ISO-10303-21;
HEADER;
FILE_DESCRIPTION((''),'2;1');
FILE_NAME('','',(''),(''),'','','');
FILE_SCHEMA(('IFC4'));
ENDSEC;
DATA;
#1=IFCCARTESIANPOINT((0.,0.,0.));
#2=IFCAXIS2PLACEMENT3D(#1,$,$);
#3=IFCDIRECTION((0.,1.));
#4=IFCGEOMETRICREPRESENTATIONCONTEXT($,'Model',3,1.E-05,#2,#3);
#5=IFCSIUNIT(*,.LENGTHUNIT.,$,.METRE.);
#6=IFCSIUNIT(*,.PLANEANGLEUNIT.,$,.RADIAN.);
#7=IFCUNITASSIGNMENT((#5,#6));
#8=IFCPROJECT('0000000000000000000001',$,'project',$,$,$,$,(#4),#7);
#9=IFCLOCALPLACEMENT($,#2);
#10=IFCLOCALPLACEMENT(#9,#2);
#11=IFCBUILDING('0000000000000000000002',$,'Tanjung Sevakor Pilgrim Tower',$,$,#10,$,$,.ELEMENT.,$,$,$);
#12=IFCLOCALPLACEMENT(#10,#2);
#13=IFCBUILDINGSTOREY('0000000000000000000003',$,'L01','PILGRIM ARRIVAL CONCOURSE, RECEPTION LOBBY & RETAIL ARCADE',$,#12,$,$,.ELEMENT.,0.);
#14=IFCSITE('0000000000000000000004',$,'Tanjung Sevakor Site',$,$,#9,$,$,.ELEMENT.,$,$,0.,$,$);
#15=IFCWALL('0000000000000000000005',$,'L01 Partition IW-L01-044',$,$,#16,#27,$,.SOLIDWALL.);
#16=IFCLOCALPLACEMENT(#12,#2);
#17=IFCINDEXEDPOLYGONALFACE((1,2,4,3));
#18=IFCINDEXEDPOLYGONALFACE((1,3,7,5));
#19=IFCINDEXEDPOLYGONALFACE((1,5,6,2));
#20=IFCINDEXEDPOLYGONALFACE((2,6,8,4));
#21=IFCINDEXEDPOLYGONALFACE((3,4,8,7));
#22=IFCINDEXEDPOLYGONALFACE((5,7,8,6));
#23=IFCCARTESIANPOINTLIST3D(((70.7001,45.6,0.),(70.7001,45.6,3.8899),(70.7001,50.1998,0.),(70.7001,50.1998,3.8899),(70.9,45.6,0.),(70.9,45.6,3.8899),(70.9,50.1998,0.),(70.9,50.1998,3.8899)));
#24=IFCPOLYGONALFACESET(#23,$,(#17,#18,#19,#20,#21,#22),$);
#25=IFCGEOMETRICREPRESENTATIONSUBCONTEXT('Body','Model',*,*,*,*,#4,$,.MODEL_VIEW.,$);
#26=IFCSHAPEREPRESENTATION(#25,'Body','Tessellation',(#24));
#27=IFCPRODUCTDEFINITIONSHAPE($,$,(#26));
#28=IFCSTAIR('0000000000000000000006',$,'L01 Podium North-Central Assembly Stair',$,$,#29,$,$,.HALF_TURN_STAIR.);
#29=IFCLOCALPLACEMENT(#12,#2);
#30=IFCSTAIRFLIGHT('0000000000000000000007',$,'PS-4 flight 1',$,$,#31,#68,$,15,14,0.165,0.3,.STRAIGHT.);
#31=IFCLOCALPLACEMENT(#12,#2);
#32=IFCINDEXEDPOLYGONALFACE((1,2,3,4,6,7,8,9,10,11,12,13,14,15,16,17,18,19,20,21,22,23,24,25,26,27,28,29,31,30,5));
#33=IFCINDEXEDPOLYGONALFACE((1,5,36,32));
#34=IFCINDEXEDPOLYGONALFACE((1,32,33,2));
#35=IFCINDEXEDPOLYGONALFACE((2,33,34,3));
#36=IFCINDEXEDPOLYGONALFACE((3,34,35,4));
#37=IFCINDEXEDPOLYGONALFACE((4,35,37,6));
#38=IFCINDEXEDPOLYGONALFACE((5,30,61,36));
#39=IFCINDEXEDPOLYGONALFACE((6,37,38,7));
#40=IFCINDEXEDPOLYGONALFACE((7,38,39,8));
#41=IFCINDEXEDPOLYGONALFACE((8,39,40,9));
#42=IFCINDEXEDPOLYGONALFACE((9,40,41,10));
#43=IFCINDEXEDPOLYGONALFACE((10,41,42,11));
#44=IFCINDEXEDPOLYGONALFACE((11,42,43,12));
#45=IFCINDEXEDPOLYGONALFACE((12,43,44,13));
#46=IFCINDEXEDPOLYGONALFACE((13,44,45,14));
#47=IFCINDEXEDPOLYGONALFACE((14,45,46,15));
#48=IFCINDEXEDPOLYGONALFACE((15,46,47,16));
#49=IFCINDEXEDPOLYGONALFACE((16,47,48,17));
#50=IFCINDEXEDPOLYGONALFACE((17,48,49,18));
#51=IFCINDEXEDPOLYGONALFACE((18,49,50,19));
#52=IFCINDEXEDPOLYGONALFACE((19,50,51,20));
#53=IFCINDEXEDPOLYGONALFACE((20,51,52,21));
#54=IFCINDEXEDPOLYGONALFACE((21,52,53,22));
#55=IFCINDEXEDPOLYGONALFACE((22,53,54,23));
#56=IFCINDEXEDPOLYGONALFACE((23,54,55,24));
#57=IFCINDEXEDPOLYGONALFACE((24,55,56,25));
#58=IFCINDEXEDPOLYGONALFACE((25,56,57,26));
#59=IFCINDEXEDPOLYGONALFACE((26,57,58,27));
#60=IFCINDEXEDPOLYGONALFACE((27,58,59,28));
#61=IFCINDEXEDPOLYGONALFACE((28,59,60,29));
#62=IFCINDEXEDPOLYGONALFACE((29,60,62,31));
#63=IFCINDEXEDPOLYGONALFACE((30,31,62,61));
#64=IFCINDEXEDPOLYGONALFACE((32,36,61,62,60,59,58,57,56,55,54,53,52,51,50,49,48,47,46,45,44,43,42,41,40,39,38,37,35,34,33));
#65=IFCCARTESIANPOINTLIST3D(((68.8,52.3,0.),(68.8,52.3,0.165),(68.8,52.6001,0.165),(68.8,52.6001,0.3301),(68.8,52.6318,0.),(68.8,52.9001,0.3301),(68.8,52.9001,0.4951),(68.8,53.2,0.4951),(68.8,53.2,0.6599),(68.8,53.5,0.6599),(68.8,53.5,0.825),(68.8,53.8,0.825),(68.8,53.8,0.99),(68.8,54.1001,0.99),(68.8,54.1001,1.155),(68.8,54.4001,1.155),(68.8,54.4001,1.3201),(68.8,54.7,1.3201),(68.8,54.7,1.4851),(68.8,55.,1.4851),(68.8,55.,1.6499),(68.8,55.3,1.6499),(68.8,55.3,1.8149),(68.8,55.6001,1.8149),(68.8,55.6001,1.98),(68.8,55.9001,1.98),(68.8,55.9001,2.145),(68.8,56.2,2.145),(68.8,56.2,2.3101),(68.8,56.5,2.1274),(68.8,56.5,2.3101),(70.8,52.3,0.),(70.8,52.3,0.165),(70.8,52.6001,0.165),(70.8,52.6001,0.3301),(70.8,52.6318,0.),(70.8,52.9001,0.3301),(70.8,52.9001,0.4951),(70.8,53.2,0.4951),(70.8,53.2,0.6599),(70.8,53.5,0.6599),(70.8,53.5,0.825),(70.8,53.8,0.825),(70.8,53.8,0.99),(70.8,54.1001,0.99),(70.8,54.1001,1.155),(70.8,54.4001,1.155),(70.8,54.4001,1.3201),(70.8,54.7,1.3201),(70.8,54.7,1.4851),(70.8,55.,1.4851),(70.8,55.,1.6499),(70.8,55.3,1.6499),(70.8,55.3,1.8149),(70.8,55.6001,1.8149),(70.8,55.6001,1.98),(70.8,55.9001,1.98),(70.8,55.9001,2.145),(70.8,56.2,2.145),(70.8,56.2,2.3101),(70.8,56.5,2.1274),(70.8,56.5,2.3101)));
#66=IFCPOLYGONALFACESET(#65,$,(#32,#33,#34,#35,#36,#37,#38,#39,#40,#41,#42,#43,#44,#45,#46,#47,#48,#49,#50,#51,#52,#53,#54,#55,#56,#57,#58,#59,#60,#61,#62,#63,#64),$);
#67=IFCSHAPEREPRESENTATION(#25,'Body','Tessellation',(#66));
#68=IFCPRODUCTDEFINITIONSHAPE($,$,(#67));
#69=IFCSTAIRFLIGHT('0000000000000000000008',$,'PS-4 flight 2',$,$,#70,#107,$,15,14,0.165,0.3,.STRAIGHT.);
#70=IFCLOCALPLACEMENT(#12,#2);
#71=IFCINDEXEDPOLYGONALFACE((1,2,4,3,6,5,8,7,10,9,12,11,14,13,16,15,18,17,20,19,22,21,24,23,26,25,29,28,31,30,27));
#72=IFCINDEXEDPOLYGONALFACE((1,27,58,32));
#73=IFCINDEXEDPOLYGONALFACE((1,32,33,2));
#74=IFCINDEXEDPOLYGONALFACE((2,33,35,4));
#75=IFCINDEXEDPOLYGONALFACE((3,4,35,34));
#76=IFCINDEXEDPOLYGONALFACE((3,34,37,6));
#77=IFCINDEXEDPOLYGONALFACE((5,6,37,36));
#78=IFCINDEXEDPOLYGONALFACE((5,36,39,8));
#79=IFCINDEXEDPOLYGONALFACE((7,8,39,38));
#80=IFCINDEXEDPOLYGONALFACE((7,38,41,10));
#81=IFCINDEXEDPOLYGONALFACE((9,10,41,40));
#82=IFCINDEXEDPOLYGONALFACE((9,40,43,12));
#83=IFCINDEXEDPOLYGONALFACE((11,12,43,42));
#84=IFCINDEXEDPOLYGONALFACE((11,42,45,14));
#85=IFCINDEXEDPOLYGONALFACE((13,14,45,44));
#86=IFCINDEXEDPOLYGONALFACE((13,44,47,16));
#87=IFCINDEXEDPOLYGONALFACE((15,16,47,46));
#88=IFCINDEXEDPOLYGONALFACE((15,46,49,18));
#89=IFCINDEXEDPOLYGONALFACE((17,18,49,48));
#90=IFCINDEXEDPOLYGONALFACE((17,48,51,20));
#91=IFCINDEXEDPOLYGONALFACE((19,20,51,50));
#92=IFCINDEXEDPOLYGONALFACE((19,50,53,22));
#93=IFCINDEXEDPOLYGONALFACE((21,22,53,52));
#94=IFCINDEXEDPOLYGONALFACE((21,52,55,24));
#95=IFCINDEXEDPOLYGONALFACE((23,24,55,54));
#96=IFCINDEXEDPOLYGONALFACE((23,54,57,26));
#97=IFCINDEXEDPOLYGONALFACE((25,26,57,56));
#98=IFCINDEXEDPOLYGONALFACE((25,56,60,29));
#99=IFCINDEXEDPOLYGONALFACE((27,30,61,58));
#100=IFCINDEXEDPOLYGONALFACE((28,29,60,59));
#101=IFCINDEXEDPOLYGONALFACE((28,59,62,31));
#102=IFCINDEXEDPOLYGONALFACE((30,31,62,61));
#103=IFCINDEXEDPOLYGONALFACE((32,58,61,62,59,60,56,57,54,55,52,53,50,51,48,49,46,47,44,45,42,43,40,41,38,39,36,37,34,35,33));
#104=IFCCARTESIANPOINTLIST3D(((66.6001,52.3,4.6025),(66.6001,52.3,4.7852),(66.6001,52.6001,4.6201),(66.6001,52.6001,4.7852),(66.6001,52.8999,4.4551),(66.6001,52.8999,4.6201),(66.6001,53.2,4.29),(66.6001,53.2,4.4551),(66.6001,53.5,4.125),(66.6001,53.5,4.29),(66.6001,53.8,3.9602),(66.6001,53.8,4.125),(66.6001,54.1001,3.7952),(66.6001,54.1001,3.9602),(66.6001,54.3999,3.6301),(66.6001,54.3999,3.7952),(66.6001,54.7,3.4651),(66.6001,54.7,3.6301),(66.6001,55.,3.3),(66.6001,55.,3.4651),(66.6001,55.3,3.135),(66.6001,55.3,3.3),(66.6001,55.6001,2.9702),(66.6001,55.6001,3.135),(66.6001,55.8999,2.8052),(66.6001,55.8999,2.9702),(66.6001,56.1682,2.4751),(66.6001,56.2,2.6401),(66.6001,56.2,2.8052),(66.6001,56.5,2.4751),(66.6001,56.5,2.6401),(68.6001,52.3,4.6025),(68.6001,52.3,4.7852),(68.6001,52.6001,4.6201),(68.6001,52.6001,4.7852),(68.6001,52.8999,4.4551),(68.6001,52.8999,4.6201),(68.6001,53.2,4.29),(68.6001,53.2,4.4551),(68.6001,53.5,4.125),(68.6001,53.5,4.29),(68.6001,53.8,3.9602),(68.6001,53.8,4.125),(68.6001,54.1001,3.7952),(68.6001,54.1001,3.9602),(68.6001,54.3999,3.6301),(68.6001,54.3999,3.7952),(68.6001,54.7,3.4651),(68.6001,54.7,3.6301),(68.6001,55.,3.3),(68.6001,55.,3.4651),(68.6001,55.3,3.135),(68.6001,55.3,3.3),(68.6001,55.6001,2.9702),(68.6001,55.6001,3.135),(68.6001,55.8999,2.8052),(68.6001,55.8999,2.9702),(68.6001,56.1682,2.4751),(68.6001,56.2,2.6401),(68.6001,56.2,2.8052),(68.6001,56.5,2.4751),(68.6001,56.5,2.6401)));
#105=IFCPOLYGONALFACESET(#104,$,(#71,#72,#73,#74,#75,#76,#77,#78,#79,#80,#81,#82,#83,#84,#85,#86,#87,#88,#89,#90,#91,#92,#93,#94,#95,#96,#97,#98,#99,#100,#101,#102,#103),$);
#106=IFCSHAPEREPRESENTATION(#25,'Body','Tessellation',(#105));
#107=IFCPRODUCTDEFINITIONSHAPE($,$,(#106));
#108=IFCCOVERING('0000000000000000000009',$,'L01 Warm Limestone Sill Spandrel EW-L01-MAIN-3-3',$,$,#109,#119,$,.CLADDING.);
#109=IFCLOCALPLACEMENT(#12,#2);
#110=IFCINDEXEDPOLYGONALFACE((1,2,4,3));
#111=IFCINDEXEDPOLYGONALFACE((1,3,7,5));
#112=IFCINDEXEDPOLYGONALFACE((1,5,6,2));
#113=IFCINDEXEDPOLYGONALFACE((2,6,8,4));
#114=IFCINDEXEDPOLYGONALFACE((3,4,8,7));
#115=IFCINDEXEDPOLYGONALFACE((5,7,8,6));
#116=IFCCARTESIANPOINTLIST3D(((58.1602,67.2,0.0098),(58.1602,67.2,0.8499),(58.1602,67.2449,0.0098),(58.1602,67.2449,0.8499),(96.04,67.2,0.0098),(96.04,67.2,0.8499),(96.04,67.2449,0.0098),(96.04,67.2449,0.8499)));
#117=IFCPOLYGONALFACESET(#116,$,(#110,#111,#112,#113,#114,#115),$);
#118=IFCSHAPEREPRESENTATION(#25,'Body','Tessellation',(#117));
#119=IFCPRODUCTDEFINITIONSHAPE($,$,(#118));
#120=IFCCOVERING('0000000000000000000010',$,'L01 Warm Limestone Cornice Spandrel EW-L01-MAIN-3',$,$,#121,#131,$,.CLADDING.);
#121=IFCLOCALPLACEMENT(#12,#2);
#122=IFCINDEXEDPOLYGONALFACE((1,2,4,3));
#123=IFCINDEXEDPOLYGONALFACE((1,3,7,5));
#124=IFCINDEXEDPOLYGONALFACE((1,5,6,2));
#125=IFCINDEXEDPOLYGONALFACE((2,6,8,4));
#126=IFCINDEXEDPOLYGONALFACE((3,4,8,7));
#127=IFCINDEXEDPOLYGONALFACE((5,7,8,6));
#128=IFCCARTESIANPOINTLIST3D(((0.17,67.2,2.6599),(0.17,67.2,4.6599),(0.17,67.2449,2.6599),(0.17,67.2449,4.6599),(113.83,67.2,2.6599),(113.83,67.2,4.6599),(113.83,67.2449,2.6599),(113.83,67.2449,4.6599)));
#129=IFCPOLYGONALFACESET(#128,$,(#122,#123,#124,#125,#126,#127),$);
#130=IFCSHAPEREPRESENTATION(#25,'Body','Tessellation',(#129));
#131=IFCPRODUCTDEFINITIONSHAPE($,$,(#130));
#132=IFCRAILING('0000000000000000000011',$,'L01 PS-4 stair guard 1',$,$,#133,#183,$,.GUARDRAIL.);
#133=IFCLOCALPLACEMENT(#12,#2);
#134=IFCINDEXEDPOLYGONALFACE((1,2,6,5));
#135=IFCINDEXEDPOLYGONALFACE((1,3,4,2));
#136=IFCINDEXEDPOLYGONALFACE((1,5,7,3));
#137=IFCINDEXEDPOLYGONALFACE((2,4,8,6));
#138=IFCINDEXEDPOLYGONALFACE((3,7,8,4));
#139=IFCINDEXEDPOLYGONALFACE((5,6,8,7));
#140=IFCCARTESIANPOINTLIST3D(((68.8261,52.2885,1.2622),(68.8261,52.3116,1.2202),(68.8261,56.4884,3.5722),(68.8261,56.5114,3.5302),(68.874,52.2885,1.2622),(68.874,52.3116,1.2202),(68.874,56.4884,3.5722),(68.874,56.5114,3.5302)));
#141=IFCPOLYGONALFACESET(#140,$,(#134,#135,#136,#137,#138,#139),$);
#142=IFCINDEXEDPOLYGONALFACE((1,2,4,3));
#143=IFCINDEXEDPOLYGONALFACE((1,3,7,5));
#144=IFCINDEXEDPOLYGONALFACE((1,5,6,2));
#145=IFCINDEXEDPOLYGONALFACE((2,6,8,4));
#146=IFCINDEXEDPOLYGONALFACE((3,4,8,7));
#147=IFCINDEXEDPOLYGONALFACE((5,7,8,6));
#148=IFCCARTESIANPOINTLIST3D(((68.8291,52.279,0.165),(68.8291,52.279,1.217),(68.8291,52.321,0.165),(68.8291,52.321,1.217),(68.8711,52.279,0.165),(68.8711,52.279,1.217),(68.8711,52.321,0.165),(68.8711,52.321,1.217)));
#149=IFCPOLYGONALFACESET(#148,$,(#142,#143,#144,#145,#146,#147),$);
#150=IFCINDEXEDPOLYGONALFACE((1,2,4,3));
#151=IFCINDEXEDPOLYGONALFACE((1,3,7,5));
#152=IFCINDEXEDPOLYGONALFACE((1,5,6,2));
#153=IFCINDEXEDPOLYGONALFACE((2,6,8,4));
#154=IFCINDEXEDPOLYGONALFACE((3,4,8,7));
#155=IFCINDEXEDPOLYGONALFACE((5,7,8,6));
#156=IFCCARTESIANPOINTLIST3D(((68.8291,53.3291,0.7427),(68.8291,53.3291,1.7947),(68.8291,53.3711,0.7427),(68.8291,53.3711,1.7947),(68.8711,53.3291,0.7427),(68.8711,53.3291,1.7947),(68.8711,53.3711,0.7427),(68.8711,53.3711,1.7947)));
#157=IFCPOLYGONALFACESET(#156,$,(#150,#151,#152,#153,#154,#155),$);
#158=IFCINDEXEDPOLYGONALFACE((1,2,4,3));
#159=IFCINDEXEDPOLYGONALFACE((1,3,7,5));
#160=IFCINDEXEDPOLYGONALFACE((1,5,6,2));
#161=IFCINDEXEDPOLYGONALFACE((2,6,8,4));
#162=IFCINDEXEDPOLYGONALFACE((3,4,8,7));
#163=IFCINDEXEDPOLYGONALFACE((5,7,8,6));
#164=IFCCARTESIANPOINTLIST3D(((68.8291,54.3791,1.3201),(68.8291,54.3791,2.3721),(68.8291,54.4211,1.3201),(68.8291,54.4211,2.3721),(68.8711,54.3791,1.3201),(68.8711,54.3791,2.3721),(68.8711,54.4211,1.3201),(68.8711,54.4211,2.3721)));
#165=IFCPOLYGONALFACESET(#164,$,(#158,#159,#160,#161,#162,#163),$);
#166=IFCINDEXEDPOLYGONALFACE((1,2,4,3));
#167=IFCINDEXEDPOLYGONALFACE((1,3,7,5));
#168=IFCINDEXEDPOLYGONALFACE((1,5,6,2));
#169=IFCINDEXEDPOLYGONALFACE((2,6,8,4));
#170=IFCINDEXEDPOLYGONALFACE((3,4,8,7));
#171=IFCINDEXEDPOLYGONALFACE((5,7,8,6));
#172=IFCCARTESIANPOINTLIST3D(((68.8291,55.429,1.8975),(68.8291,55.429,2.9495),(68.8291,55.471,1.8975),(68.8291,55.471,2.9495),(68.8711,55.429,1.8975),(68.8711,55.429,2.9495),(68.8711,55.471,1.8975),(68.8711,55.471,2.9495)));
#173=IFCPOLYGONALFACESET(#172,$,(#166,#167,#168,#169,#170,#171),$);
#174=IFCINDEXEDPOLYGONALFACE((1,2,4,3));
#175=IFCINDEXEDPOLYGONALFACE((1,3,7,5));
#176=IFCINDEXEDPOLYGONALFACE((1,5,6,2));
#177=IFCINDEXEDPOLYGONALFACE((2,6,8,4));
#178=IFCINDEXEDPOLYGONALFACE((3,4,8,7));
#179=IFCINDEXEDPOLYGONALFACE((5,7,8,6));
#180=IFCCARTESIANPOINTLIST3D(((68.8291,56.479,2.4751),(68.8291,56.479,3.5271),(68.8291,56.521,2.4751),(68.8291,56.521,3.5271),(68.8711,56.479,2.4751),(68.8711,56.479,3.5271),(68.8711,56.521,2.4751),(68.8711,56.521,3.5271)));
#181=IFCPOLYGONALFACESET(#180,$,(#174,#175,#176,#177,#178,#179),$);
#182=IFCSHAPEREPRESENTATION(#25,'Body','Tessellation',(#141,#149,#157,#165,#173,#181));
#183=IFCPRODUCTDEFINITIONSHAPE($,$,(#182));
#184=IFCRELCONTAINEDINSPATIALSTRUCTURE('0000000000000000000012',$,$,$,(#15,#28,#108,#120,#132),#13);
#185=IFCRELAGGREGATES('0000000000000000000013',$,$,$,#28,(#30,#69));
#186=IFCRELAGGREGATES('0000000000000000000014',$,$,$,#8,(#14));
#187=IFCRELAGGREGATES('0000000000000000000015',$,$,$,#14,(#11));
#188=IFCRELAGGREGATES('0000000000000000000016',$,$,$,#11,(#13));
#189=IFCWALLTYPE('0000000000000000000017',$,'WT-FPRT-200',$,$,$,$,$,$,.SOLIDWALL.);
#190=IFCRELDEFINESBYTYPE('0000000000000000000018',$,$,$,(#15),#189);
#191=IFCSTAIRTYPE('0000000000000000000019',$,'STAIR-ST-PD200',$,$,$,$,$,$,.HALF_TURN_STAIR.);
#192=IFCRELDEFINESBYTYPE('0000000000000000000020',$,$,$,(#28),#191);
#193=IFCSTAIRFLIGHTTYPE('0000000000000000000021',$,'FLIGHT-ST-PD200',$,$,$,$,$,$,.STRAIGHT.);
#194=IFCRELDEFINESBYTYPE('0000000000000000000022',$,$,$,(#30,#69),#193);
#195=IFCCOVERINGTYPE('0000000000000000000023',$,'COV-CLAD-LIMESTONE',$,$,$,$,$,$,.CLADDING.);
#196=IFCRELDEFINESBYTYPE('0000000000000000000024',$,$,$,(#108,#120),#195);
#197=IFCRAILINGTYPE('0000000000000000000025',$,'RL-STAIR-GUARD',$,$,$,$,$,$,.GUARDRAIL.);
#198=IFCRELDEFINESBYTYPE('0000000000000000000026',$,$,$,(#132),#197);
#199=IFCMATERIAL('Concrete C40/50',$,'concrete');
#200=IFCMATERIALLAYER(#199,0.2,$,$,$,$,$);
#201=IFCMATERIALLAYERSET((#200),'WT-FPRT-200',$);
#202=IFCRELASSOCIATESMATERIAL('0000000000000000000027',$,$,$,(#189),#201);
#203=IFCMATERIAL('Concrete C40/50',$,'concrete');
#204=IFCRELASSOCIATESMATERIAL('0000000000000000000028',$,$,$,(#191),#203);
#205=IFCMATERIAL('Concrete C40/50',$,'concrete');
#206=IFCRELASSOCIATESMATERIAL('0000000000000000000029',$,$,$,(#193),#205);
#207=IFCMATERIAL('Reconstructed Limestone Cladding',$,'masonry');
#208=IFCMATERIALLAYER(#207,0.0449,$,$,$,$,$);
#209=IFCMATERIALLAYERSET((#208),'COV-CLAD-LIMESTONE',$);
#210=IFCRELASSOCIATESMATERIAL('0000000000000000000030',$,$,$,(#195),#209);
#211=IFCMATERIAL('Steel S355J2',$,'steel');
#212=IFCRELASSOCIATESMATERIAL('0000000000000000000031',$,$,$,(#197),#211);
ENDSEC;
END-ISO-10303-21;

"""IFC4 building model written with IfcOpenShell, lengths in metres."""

from ifc_helpers import new_model, si_unit, direction, frame, frame_2d, origin, origin_2d, place, context, subcontext, project, spatial, polyline, rectangle, outline, extrude, material, layer, layer_set, type_object, element, aggregate, save


model = new_model("IFC4")

# Units and contexts
model_context = context("Model", 3, precision=1e-05, world=origin(), true_north=direction((0.0, 1.0)))
body_context = subcontext(model_context, "Body", "Model", "MODEL_VIEW")
ifc_project = project(units=[si_unit("LENGTHUNIT", "METRE"), si_unit("PLANEANGLEUNIT", "RADIAN")], contexts=[model_context])

# Site, building, storey
site_placement = place(None, origin())
site = spatial("IfcSite", under=ifc_project, at=site_placement, Name="Tanjung Sevakor Site", CompositionType="ELEMENT", RefElevation=0.0)
building_placement = place(site_placement, origin())
building = spatial("IfcBuilding", under=site, at=building_placement, Name="Tanjung Sevakor Pilgrim Tower", CompositionType="ELEMENT")
storey_placement = place(building_placement, origin())
storey = spatial("IfcBuildingStorey", under=building, at=storey_placement, Name="L01", Description="PILGRIM ARRIVAL CONCOURSE, RECEPTION LOBBY & RETAIL ARCADE", CompositionType="ELEMENT", Elevation=0.0)

# Wall
ifc_material_1 = material(Name="Concrete C40/50", Category="concrete")
ifc_layer_1 = layer(ifc_material_1, 0.2)
ifc_layer_set_1 = layer_set([ifc_layer_1], Name="WT-FPRT-200")
wall_type_1 = type_object("IfcWallType", Name="WT-FPRT-200", PredefinedType="SOLIDWALL", material=ifc_layer_set_1)
wall_1_placement = place(storey_placement, frame((70.8, 45.6001, 0.0), z_axis=(0.0, 0.0, 1.0), x_axis=(0.0, 1.0, 0.0)))
element("IfcWall", 1, at=wall_1_placement, inside=storey, type_object=wall_type_1, Name="L01 Partition IW-L01-044", PredefinedType="SOLIDWALL", context=body_context, shape_type="SweptSolid", body=[
    extrude(rectangle(XDim=4.5999, YDim=0.2, at=frame_2d((2.2998, 0.0))), origin(), (0.0, 0.0, 1.0), 3.8899),
])

# Stair, stair flights
ifc_material_2 = material(Name="Concrete C40/50", Category="concrete")
stair_type = type_object("IfcStairType", Name="STAIR-ST-PD200", PredefinedType="HALF_TURN_STAIR", material=ifc_material_2)
stair_placement = place(storey_placement, origin())
stair = element("IfcStair", 2, at=stair_placement, inside=storey, type_object=stair_type, Name="L01 Podium North-Central Assembly Stair", PredefinedType="HALF_TURN_STAIR")
ifc_material_3 = material(Name="Concrete C40/50", Category="concrete")
stair_flight_type = type_object("IfcStairFlightType", Name="FLIGHT-ST-PD200", PredefinedType="STRAIGHT", material=ifc_material_3)
stair_flight_1_placement = place(storey_placement, frame((69.8, 52.3, 0.0), z_axis=(0.0, 0.0, 1.0), x_axis=(0.0, 1.0, 0.0)))
stair_flight_1 = element("IfcStairFlight", 3, at=stair_flight_1_placement, type_object=stair_flight_type, Name="PS-4 flight 1", NumberOfRisers=15, NumberOfTreads=14, PredefinedType="STRAIGHT", RiserHeight=0.165, TreadLength=0.3, context=body_context, shape_type="SweptSolid", body=[
    extrude(outline(polyline([(0.0, 0.0), (0.0, 0.165), (0.3, 0.165), (0.3, 0.3301), (0.6001, 0.3301), (0.6001, 0.4951), (0.8999, 0.4951), (0.8999, 0.6599), (1.2, 0.6599), (1.2, 0.825), (1.5, 0.825), (1.5, 0.99), (1.8, 0.99), (1.8, 1.155), (2.1001, 1.155), (2.1001, 1.3201), (2.3999, 1.3201), (2.3999, 1.4851), (2.7, 1.4851), (2.7, 1.6499), (3.0, 1.6499), (3.0, 1.8149), (3.3, 1.8149), (3.3, 1.98), (3.6001, 1.98), (3.6001, 2.145), (3.8999, 2.145), (3.8999, 2.3101), (4.2, 2.3101), (4.2, 2.4751), (4.2, 2.1274), (0.3318, 0.0), (0.0, 0.0)])), frame((0.0, 1.0, 0.0), z_axis=(0.0, -1.0, 0.0), x_axis=(1.0, 0.0, 0.0)), (0.0, 0.0, 1.0), 2.0),
])
stair_flight_2_placement = place(storey_placement, frame((67.6001, 56.5, 2.4751), z_axis=(0.0, 0.0, 1.0), x_axis=(0.0, -1.0, 0.0)))
stair_flight_2 = element("IfcStairFlight", 4, at=stair_flight_2_placement, type_object=stair_flight_type, Name="PS-4 flight 2", NumberOfRisers=15, NumberOfTreads=14, PredefinedType="STRAIGHT", RiserHeight=0.165, TreadLength=0.3, context=body_context, shape_type="SweptSolid", body=[
    extrude(outline(polyline([(0.0, 0.0), (0.0, 0.165), (0.3, 0.165), (0.3, 0.3301), (0.6001, 0.3301), (0.6001, 0.4951), (0.8999, 0.4951), (0.8999, 0.6599), (1.2, 0.6599), (1.2, 0.825), (1.5, 0.825), (1.5, 0.99), (1.8, 0.99), (1.8, 1.155), (2.1001, 1.155), (2.1001, 1.3201), (2.3999, 1.3201), (2.3999, 1.4851), (2.7, 1.4851), (2.7, 1.6499), (3.0, 1.6499), (3.0, 1.8149), (3.3, 1.8149), (3.3, 1.98), (3.6001, 1.98), (3.6001, 2.145), (3.8999, 2.145), (3.8999, 2.3101), (4.2, 2.3101), (4.2, 2.4751), (4.2, 2.1274), (0.3318, 0.0), (0.0, 0.0)])), frame((0.0, 1.0, 0.0), z_axis=(0.0, -1.0, 0.0), x_axis=(1.0, 0.0, 0.0)), (0.0, 0.0, 1.0), 2.0),
])
aggregate(stair, [stair_flight_1, stair_flight_2])

# Coverings
ifc_material_4 = material(Name="Reconstructed Limestone Cladding", Category="masonry")
ifc_layer_2 = layer(ifc_material_4, 0.0449)
ifc_layer_set_2 = layer_set([ifc_layer_2], Name="COV-CLAD-LIMESTONE")
covering_type = type_object("IfcCoveringType", Name="COV-CLAD-LIMESTONE", PredefinedType="CLADDING", material=ifc_layer_set_2)
covering_1_placement = place(storey_placement, frame((77.1001, 67.2224, 0.0098), z_axis=(0.0, 0.0, 1.0), x_axis=(-1.0, 0.0, 0.0)))
element("IfcCovering", 5, at=covering_1_placement, inside=storey, type_object=covering_type, Name="L01 Warm Limestone Sill Spandrel EW-L01-MAIN-3-3", PredefinedType="CLADDING", context=body_context, shape_type="SweptSolid", body=[
    extrude(rectangle(XDim=37.8799, YDim=0.0449, at=origin_2d()), origin(), (0.0, 0.0, 1.0), 0.8401),
])
covering_2_placement = place(storey_placement, frame((57.0, 67.2224, 2.6599), z_axis=(0.0, 0.0, 1.0), x_axis=(-1.0, 0.0, 0.0)))
element("IfcCovering", 6, at=covering_2_placement, inside=storey, type_object=covering_type, Name="L01 Warm Limestone Cornice Spandrel EW-L01-MAIN-3", PredefinedType="CLADDING", context=body_context, shape_type="SweptSolid", body=[
    extrude(rectangle(XDim=113.6599, YDim=0.0449, at=origin_2d()), origin(), (0.0, 0.0, 1.0), 2.0),
])

# Railing
ifc_material_5 = material(Name="Steel S355J2", Category="steel")
railing_type_1 = type_object("IfcRailingType", Name="RL-STAIR-GUARD", PredefinedType="GUARDRAIL", material=ifc_material_5)
railing_1_placement = place(storey_placement, frame((68.8501, 52.3, 0.165)))
element("IfcRailing", 7, at=railing_1_placement, inside=storey, type_object=railing_type_1, Name="L01 PS-4 stair guard 1", PredefinedType="GUARDRAIL", context=body_context, shape_type="SweptSolid", body=[
    extrude(rectangle(XDim=0.0479, YDim=0.0479), frame((0.0, 0.0, 1.0762), z_axis=(0.0, 0.876208, 0.481932), x_axis=(-1.0, 0.0, 0.0)), (0.0, 0.0, 1.0), 4.7932),
    extrude(rectangle(XDim=0.042, YDim=0.042), origin(), (0.0, 0.0, 1.0), 1.052),
    extrude(rectangle(XDim=0.042, YDim=0.042), frame((0.0, 1.05, 0.5776)), (0.0, 0.0, 1.0), 1.052),
    extrude(rectangle(XDim=0.042, YDim=0.042), frame((0.0, 2.1001, 1.155)), (0.0, 0.0, 1.0), 1.052),
    extrude(rectangle(XDim=0.042, YDim=0.042), frame((0.0, 3.1499, 1.7324)), (0.0, 0.0, 1.0), 1.052),
    extrude(rectangle(XDim=0.042, YDim=0.042), frame((0.0, 4.2, 2.3101)), (0.0, 0.0, 1.0), 1.052),
])

save(model, "model.ifc")
